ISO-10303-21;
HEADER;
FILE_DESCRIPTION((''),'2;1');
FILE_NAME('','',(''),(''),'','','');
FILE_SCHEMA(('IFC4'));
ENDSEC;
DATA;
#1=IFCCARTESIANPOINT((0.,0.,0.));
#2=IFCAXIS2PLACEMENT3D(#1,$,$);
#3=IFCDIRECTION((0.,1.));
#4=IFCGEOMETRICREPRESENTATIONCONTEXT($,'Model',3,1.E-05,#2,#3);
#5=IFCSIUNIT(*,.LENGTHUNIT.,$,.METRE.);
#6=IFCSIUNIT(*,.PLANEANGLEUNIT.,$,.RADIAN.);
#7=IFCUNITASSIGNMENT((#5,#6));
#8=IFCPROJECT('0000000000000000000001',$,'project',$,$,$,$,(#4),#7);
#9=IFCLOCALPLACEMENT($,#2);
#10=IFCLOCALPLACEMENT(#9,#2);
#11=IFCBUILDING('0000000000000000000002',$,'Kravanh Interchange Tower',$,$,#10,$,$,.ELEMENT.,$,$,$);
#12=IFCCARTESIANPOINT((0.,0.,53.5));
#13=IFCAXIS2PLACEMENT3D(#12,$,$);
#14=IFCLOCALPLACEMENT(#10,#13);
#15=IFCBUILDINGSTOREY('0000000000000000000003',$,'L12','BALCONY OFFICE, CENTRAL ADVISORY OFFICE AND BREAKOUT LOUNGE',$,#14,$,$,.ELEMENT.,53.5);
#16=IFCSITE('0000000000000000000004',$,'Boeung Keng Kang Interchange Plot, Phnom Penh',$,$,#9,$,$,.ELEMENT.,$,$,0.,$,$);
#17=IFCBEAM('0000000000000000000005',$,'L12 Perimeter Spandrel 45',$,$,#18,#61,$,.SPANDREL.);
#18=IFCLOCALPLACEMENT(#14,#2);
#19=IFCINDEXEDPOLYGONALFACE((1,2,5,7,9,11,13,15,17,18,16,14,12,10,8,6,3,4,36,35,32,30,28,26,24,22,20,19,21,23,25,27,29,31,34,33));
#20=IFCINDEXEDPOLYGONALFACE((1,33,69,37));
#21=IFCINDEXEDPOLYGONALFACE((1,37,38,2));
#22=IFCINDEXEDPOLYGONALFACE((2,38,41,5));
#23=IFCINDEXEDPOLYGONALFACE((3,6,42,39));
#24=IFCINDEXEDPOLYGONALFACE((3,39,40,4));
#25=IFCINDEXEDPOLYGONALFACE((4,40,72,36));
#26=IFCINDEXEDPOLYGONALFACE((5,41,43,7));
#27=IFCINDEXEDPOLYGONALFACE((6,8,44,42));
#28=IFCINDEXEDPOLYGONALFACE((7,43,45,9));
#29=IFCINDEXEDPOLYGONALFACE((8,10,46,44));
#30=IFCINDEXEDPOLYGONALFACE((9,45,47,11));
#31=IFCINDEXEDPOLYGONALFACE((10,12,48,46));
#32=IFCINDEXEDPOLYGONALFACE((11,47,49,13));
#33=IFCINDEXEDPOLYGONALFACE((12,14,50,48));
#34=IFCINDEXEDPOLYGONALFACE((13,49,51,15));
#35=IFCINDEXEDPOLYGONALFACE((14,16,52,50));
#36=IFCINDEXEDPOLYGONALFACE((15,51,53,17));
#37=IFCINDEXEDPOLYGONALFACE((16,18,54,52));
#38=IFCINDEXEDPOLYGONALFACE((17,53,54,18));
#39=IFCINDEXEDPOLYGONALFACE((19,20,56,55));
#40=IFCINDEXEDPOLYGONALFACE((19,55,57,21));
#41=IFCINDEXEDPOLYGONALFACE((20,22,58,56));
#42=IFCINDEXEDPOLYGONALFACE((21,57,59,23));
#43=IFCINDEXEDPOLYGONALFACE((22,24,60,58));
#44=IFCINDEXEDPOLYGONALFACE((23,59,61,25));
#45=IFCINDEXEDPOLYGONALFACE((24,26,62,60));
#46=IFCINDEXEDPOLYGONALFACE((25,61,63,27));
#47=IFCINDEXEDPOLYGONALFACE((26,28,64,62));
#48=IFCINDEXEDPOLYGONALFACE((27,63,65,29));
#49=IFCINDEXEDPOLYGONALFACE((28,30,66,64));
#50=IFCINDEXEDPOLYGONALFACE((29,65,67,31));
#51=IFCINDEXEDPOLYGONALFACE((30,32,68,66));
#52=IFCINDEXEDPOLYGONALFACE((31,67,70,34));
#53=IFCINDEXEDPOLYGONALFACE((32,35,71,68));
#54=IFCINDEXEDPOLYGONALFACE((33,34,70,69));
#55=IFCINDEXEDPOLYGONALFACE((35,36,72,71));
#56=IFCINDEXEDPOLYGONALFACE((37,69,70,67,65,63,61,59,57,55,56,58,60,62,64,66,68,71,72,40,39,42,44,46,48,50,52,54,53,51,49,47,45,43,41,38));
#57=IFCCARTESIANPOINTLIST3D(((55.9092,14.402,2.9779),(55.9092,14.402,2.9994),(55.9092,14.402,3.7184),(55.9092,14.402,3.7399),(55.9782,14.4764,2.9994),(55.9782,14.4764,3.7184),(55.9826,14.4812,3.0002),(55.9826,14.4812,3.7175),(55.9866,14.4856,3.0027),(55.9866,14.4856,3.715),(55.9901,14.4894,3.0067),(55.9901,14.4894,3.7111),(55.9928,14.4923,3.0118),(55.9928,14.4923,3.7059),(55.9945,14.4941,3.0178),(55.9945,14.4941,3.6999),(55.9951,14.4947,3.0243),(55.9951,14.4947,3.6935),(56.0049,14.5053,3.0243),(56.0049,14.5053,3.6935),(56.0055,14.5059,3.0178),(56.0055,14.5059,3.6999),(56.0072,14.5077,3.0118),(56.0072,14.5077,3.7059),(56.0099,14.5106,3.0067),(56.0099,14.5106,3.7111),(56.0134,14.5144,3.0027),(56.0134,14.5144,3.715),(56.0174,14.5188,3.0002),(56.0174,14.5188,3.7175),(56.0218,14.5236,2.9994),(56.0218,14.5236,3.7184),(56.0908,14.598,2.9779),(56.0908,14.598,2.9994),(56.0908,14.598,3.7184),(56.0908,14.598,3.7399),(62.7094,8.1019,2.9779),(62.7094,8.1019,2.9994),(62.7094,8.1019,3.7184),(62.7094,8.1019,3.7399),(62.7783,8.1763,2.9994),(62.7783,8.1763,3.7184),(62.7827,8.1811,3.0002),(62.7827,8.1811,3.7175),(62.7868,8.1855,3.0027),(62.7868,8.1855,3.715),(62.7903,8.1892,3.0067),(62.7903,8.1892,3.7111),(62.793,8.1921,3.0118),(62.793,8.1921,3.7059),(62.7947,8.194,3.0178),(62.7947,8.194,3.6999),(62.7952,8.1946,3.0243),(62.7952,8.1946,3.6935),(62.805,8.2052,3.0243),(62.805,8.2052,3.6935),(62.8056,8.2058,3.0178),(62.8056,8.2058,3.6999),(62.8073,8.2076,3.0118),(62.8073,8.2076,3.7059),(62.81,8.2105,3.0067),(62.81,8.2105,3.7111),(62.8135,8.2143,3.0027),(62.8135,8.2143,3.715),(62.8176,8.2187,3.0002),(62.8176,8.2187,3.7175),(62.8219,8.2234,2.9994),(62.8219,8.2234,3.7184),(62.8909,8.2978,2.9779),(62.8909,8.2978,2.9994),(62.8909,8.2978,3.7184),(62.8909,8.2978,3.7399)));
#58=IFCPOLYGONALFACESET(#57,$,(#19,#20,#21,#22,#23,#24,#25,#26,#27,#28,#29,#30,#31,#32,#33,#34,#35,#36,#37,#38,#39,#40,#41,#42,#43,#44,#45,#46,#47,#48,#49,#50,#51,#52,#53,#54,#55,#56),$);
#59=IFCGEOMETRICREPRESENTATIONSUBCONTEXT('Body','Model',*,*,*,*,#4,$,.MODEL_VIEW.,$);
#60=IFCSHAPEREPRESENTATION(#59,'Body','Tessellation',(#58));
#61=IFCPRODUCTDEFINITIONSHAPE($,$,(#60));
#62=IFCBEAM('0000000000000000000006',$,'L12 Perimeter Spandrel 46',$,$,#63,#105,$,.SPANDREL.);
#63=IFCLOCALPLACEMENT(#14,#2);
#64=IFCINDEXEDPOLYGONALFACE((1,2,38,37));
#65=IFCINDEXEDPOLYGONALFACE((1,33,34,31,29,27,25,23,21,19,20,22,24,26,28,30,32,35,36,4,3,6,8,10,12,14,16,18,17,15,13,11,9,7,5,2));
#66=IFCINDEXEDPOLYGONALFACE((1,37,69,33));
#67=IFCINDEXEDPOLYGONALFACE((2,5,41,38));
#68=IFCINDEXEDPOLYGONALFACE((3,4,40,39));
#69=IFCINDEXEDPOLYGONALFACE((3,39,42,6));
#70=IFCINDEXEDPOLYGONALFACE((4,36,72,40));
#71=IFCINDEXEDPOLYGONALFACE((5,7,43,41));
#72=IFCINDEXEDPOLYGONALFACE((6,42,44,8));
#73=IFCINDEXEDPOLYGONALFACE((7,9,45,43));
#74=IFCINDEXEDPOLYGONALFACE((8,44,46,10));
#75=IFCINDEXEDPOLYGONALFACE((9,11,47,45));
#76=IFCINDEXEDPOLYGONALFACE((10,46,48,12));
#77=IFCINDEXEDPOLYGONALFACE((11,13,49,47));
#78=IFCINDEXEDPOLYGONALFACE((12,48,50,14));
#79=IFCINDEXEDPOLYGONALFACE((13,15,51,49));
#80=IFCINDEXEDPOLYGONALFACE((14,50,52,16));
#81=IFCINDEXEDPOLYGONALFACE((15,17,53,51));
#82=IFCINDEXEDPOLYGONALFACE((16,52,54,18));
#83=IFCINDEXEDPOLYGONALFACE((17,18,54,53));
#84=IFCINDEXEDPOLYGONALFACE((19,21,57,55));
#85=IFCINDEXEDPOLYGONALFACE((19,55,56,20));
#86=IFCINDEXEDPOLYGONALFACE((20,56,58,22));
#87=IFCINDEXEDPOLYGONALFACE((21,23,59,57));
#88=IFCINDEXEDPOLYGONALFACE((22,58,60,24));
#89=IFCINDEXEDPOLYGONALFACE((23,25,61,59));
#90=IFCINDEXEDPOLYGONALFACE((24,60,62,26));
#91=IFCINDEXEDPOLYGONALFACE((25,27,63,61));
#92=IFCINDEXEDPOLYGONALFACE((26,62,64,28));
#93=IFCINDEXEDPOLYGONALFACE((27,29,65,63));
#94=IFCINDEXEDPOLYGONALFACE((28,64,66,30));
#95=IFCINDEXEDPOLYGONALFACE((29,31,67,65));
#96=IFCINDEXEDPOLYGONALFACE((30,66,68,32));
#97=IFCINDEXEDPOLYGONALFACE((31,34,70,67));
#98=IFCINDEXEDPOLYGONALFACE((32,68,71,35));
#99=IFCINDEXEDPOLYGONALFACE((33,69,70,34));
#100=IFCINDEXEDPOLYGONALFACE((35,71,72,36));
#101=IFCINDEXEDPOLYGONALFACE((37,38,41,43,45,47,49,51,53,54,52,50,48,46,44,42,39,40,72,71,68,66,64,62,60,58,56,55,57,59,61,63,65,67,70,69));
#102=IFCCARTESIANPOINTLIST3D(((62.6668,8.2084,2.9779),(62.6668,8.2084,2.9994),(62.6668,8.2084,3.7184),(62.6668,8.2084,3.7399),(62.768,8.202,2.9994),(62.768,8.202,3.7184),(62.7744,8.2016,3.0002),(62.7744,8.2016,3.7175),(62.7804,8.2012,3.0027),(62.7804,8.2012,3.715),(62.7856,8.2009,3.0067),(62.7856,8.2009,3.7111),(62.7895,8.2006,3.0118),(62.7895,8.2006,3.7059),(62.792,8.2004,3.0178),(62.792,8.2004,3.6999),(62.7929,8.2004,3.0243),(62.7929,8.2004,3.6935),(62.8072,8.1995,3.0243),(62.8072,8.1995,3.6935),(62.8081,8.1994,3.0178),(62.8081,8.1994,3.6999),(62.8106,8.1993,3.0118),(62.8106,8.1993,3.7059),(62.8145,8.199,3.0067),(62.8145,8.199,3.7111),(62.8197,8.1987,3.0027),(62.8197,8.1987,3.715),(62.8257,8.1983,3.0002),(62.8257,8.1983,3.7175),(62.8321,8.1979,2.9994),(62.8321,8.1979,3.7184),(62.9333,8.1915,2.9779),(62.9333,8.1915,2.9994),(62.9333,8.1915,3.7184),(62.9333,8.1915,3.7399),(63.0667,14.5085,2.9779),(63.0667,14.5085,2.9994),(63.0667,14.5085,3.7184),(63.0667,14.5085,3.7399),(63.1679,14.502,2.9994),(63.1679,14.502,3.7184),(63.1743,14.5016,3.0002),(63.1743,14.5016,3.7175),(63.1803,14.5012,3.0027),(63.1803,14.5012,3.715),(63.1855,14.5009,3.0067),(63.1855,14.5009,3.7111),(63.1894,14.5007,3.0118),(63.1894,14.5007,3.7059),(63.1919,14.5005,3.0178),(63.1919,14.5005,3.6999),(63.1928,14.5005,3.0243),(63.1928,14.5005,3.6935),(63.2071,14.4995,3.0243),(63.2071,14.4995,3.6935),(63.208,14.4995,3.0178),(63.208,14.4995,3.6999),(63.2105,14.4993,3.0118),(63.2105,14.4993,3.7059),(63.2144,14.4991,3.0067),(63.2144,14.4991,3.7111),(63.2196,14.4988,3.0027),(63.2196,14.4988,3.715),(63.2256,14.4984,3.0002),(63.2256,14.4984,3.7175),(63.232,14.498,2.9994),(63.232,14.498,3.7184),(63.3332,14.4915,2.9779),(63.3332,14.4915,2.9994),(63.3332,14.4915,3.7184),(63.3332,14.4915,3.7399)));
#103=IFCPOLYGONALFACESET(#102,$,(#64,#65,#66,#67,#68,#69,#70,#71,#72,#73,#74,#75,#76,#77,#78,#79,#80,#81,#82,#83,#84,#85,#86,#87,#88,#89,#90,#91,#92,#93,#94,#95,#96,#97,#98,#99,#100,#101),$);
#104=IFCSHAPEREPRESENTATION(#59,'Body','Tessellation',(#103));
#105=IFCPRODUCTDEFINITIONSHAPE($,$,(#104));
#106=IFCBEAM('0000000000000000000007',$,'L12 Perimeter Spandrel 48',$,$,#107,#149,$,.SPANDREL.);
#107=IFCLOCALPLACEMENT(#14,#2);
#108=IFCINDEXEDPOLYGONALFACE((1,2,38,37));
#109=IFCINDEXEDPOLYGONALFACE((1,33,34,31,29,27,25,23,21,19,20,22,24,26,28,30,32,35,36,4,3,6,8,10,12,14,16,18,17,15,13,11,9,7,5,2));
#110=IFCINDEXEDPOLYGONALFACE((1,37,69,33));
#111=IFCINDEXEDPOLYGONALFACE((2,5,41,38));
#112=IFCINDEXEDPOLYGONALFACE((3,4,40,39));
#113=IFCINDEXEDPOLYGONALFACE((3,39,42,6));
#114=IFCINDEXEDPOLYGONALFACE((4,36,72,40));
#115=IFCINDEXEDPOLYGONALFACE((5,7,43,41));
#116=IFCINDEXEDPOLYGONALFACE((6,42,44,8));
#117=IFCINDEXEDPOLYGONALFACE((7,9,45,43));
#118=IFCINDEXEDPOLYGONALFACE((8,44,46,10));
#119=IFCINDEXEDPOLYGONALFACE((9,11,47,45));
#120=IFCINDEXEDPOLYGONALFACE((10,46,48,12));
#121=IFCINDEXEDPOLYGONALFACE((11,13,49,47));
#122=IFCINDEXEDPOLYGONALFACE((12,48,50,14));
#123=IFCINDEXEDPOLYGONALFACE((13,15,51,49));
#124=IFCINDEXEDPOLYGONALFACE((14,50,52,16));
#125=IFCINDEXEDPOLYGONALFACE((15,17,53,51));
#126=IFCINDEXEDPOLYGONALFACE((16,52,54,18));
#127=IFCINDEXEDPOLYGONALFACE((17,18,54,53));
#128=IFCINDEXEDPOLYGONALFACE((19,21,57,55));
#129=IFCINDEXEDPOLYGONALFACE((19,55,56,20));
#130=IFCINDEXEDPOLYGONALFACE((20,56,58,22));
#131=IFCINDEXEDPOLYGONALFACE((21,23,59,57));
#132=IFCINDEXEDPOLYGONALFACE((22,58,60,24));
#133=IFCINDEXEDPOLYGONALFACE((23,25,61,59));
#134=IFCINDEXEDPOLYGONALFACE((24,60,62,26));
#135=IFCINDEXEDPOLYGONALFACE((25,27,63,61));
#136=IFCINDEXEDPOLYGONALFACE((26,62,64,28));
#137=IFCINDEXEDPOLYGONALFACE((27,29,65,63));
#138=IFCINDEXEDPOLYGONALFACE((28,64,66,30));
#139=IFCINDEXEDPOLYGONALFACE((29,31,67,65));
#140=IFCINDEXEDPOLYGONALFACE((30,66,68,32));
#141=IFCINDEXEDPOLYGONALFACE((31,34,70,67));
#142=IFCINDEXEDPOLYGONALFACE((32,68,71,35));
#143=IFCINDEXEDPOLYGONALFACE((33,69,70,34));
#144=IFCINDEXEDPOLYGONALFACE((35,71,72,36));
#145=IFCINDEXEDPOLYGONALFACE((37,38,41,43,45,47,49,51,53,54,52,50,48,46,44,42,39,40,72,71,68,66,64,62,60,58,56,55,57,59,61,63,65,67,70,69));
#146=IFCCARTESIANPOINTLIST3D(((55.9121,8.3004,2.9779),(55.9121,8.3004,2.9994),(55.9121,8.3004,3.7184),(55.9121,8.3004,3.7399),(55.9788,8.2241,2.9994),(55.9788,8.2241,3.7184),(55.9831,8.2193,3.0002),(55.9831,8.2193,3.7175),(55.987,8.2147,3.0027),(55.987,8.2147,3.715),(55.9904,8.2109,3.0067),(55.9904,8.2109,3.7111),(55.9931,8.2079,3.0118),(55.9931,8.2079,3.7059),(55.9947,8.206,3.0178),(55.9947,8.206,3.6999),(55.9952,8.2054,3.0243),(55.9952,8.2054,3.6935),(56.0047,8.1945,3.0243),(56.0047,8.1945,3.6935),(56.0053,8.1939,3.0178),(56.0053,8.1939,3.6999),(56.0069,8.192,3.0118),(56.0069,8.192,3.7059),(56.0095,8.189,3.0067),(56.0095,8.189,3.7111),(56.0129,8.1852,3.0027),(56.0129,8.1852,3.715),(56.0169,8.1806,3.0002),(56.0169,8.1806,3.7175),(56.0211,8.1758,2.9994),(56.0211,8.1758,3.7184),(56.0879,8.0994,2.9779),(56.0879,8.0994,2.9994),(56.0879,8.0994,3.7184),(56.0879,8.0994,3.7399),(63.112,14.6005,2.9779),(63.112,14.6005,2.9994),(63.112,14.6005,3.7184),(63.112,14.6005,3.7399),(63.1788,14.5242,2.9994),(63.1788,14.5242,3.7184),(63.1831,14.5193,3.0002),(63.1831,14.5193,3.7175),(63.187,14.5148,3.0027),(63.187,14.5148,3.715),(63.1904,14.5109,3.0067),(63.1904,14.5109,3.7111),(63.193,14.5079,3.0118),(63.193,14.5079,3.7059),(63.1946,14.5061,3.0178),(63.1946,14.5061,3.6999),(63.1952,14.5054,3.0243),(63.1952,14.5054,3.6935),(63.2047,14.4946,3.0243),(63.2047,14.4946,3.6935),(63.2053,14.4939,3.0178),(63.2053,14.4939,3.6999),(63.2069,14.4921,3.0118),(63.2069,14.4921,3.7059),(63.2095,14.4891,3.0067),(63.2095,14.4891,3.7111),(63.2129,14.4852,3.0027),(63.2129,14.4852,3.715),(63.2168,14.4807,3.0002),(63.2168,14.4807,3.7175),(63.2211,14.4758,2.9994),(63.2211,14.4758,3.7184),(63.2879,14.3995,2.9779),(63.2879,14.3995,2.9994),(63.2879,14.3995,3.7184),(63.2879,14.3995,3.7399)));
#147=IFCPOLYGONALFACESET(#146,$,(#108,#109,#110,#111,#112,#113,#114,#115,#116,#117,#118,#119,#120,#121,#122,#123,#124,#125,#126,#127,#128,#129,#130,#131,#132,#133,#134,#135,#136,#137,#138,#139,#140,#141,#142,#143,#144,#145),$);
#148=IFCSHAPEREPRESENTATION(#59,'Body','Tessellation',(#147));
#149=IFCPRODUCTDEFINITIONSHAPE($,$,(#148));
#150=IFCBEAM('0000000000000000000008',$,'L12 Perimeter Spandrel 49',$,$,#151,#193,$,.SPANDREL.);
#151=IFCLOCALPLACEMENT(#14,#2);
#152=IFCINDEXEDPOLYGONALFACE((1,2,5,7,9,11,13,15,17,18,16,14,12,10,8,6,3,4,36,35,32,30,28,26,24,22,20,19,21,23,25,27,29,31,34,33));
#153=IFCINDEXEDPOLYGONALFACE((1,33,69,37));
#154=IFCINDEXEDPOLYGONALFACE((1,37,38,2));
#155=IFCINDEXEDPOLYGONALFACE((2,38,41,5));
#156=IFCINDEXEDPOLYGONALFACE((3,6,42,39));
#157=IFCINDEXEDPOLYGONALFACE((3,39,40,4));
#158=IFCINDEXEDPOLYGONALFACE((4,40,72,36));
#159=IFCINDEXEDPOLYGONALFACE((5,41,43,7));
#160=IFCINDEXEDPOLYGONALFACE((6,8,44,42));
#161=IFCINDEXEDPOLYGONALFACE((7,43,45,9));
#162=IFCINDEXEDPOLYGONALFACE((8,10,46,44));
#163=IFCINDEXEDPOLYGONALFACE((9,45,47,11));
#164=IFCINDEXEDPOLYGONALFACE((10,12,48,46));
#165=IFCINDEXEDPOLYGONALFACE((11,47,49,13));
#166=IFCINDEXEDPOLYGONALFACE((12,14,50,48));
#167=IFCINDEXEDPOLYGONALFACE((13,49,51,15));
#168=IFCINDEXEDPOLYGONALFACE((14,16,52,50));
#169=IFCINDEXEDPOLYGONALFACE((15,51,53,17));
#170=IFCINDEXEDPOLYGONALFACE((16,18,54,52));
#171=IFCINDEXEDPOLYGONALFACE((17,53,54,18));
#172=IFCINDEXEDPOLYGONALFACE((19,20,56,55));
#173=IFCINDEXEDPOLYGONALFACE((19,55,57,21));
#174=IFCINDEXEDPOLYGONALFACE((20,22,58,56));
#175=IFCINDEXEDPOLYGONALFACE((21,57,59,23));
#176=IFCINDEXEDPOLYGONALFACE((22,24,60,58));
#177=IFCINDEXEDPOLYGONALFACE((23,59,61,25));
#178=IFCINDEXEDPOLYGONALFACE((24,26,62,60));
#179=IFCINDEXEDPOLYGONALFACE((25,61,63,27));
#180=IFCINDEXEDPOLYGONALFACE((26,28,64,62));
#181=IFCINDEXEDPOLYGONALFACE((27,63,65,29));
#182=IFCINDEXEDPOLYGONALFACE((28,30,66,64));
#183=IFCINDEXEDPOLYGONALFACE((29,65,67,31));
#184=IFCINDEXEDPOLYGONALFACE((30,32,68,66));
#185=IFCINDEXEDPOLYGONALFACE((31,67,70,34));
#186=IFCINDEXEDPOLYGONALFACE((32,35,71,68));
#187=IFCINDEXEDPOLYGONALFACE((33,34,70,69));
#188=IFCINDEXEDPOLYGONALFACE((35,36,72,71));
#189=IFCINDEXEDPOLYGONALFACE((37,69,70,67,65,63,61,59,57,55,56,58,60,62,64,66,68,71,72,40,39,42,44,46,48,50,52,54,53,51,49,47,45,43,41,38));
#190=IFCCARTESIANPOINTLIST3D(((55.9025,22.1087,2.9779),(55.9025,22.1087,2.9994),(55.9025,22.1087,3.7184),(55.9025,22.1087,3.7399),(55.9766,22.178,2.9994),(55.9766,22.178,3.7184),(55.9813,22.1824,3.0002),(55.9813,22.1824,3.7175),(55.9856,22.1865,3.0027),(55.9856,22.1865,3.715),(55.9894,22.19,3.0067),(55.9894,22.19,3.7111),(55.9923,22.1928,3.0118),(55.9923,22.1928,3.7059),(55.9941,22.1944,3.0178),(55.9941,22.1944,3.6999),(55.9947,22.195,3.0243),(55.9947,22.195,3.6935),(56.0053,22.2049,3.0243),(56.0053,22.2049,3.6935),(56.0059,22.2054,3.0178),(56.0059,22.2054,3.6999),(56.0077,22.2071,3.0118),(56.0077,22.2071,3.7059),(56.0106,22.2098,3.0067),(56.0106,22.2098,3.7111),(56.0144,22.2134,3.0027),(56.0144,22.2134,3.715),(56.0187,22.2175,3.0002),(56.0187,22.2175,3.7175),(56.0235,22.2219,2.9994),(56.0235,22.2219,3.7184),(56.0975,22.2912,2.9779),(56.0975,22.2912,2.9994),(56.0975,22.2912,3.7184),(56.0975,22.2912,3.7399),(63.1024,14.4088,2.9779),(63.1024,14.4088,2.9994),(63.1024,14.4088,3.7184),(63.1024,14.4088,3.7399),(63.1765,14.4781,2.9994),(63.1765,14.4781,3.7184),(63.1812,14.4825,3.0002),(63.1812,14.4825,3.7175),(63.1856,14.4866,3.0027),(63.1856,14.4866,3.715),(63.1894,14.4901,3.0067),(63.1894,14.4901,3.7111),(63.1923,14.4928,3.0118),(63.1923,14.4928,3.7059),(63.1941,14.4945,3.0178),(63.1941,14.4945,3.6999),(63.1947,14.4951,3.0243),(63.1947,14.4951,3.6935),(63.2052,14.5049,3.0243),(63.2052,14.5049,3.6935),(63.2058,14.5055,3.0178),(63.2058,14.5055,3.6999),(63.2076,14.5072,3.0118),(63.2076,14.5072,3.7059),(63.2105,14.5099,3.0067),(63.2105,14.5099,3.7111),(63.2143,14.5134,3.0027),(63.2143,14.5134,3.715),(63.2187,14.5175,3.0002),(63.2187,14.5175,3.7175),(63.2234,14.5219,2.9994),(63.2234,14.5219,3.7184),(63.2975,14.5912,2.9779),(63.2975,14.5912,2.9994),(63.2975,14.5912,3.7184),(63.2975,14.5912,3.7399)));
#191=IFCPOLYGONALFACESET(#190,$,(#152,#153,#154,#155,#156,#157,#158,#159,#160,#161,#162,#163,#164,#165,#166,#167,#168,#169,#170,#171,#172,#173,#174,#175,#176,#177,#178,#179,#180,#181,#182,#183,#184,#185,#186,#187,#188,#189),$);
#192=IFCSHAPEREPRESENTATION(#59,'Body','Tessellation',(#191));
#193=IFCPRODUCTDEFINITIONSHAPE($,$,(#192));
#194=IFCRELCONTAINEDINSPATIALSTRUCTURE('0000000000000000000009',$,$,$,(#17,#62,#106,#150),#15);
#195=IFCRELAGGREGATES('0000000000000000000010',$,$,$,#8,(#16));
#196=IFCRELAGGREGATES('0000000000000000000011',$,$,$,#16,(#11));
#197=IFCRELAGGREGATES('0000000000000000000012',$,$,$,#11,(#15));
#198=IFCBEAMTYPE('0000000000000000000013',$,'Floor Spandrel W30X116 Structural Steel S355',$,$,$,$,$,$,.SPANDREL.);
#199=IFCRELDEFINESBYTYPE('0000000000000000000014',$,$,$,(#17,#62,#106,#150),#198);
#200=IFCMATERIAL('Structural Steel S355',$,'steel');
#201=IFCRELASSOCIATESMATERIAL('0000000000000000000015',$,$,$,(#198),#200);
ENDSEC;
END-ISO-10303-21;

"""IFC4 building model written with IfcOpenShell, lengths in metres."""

from ifc_helpers import new_model, si_unit, direction, frame, origin, origin_2d, place, context, subcontext, project, spatial, i_section, extrude, material, material_profile, profile_set, type_object, element, save


model = new_model("IFC4")

# Units and contexts
model_context = context("Model", 3, precision=1e-05, world=origin(), true_north=direction((0.0, 1.0)))
body_context = subcontext(model_context, "Body", "Model", "MODEL_VIEW")
ifc_project = project(units=[si_unit("LENGTHUNIT", "METRE"), si_unit("PLANEANGLEUNIT", "RADIAN")], contexts=[model_context])

# Site, building, storey
site_placement = place(None, origin())
site = spatial("IfcSite", under=ifc_project, at=site_placement, Name="Boeung Keng Kang Interchange Plot, Phnom Penh", CompositionType="ELEMENT", RefElevation=0.0)
building_placement = place(site_placement, origin())
building = spatial("IfcBuilding", under=site, at=building_placement, Name="Kravanh Interchange Tower", CompositionType="ELEMENT")
storey_placement = place(building_placement, frame((0.0, 0.0, 53.5)))
storey = spatial("IfcBuildingStorey", under=building, at=storey_placement, Name="L12", Description="BALCONY OFFICE, CENTRAL ADVISORY OFFICE AND BREAKOUT LOUNGE", CompositionType="ELEMENT", Elevation=53.5)

# Beams
ifc_material_1 = material(Name="Structural Steel S355", Category="steel")
ifc_material_profile_1 = material_profile(ifc_material_1, i_section(OverallWidth=0.2671, OverallDepth=0.762, WebThickness=0.0144, FlangeThickness=0.0215, FilletRadius=0.0249, at=origin_2d()), Name="W30X116")
ifc_profile_set_1 = profile_set([ifc_material_profile_1], Name="Structural Steel S355")
beam_type_1 = type_object("IfcBeamType", Name="Floor Spandrel W30X116 Structural Steel S355", PredefinedType="SPANDREL", material=ifc_profile_set_1)
beam_1_placement = place(storey_placement, frame((56.0, 14.5, 3.3589), z_axis=(0.733561, -0.679623, 0.0), x_axis=(0.679623, 0.733561, 0.0)))
element("IfcBeam", 1, at=beam_1_placement, inside=storey, type_object=beam_type_1, Name="L12 Perimeter Spandrel 45", PredefinedType="SPANDREL", context=body_context, shape_type="SweptSolid", body=[
    extrude(i_section(OverallWidth=0.2671, OverallDepth=0.762, WebThickness=0.0144, FlangeThickness=0.0215, FilletRadius=0.0249, at=origin_2d()), origin(), (0.0, 0.0, 1.0), 9.27),
])
beam_2_placement = place(storey_placement, frame((63.2, 14.5, 3.3589), z_axis=(-0.063349, -0.997991, 0.0), x_axis=(0.997991, -0.063349, 0.0)))
element("IfcBeam", 2, at=beam_2_placement, inside=storey, type_object=beam_type_1, Name="L12 Perimeter Spandrel 46", PredefinedType="SPANDREL", context=body_context, shape_type="SweptSolid", body=[
    extrude(i_section(OverallWidth=0.2671, OverallDepth=0.762, WebThickness=0.0144, FlangeThickness=0.0215, FilletRadius=0.0249, at=origin_2d()), origin(), (0.0, 0.0, 1.0), 6.3127),
])
beam_3_placement = place(storey_placement, frame((63.2, 14.5, 3.3589), z_axis=(-0.752572, -0.65851, 0.0), x_axis=(0.65851, -0.752572, 0.0)))
element("IfcBeam", 3, at=beam_3_placement, inside=storey, type_object=beam_type_1, Name="L12 Perimeter Spandrel 48", PredefinedType="SPANDREL", context=body_context, shape_type="SweptSolid", body=[
    extrude(i_section(OverallWidth=0.2671, OverallDepth=0.762, WebThickness=0.0144, FlangeThickness=0.0215, FilletRadius=0.0249, at=origin_2d()), origin(), (0.0, 0.0, 1.0), 9.5671),
])
beam_4_placement = place(storey_placement, frame((63.2, 14.5, 3.3589), z_axis=(-0.682994, 0.730424, 0.0), x_axis=(-0.730424, -0.682994, 0.0)))
element("IfcBeam", 4, at=beam_4_placement, inside=storey, type_object=beam_type_1, Name="L12 Perimeter Spandrel 49", PredefinedType="SPANDREL", context=body_context, shape_type="SweptSolid", body=[
    extrude(i_section(OverallWidth=0.2671, OverallDepth=0.762, WebThickness=0.0144, FlangeThickness=0.0215, FilletRadius=0.0249, at=origin_2d()), origin(), (0.0, 0.0, 1.0), 10.5417),
])

save(model, "model.ifc")
